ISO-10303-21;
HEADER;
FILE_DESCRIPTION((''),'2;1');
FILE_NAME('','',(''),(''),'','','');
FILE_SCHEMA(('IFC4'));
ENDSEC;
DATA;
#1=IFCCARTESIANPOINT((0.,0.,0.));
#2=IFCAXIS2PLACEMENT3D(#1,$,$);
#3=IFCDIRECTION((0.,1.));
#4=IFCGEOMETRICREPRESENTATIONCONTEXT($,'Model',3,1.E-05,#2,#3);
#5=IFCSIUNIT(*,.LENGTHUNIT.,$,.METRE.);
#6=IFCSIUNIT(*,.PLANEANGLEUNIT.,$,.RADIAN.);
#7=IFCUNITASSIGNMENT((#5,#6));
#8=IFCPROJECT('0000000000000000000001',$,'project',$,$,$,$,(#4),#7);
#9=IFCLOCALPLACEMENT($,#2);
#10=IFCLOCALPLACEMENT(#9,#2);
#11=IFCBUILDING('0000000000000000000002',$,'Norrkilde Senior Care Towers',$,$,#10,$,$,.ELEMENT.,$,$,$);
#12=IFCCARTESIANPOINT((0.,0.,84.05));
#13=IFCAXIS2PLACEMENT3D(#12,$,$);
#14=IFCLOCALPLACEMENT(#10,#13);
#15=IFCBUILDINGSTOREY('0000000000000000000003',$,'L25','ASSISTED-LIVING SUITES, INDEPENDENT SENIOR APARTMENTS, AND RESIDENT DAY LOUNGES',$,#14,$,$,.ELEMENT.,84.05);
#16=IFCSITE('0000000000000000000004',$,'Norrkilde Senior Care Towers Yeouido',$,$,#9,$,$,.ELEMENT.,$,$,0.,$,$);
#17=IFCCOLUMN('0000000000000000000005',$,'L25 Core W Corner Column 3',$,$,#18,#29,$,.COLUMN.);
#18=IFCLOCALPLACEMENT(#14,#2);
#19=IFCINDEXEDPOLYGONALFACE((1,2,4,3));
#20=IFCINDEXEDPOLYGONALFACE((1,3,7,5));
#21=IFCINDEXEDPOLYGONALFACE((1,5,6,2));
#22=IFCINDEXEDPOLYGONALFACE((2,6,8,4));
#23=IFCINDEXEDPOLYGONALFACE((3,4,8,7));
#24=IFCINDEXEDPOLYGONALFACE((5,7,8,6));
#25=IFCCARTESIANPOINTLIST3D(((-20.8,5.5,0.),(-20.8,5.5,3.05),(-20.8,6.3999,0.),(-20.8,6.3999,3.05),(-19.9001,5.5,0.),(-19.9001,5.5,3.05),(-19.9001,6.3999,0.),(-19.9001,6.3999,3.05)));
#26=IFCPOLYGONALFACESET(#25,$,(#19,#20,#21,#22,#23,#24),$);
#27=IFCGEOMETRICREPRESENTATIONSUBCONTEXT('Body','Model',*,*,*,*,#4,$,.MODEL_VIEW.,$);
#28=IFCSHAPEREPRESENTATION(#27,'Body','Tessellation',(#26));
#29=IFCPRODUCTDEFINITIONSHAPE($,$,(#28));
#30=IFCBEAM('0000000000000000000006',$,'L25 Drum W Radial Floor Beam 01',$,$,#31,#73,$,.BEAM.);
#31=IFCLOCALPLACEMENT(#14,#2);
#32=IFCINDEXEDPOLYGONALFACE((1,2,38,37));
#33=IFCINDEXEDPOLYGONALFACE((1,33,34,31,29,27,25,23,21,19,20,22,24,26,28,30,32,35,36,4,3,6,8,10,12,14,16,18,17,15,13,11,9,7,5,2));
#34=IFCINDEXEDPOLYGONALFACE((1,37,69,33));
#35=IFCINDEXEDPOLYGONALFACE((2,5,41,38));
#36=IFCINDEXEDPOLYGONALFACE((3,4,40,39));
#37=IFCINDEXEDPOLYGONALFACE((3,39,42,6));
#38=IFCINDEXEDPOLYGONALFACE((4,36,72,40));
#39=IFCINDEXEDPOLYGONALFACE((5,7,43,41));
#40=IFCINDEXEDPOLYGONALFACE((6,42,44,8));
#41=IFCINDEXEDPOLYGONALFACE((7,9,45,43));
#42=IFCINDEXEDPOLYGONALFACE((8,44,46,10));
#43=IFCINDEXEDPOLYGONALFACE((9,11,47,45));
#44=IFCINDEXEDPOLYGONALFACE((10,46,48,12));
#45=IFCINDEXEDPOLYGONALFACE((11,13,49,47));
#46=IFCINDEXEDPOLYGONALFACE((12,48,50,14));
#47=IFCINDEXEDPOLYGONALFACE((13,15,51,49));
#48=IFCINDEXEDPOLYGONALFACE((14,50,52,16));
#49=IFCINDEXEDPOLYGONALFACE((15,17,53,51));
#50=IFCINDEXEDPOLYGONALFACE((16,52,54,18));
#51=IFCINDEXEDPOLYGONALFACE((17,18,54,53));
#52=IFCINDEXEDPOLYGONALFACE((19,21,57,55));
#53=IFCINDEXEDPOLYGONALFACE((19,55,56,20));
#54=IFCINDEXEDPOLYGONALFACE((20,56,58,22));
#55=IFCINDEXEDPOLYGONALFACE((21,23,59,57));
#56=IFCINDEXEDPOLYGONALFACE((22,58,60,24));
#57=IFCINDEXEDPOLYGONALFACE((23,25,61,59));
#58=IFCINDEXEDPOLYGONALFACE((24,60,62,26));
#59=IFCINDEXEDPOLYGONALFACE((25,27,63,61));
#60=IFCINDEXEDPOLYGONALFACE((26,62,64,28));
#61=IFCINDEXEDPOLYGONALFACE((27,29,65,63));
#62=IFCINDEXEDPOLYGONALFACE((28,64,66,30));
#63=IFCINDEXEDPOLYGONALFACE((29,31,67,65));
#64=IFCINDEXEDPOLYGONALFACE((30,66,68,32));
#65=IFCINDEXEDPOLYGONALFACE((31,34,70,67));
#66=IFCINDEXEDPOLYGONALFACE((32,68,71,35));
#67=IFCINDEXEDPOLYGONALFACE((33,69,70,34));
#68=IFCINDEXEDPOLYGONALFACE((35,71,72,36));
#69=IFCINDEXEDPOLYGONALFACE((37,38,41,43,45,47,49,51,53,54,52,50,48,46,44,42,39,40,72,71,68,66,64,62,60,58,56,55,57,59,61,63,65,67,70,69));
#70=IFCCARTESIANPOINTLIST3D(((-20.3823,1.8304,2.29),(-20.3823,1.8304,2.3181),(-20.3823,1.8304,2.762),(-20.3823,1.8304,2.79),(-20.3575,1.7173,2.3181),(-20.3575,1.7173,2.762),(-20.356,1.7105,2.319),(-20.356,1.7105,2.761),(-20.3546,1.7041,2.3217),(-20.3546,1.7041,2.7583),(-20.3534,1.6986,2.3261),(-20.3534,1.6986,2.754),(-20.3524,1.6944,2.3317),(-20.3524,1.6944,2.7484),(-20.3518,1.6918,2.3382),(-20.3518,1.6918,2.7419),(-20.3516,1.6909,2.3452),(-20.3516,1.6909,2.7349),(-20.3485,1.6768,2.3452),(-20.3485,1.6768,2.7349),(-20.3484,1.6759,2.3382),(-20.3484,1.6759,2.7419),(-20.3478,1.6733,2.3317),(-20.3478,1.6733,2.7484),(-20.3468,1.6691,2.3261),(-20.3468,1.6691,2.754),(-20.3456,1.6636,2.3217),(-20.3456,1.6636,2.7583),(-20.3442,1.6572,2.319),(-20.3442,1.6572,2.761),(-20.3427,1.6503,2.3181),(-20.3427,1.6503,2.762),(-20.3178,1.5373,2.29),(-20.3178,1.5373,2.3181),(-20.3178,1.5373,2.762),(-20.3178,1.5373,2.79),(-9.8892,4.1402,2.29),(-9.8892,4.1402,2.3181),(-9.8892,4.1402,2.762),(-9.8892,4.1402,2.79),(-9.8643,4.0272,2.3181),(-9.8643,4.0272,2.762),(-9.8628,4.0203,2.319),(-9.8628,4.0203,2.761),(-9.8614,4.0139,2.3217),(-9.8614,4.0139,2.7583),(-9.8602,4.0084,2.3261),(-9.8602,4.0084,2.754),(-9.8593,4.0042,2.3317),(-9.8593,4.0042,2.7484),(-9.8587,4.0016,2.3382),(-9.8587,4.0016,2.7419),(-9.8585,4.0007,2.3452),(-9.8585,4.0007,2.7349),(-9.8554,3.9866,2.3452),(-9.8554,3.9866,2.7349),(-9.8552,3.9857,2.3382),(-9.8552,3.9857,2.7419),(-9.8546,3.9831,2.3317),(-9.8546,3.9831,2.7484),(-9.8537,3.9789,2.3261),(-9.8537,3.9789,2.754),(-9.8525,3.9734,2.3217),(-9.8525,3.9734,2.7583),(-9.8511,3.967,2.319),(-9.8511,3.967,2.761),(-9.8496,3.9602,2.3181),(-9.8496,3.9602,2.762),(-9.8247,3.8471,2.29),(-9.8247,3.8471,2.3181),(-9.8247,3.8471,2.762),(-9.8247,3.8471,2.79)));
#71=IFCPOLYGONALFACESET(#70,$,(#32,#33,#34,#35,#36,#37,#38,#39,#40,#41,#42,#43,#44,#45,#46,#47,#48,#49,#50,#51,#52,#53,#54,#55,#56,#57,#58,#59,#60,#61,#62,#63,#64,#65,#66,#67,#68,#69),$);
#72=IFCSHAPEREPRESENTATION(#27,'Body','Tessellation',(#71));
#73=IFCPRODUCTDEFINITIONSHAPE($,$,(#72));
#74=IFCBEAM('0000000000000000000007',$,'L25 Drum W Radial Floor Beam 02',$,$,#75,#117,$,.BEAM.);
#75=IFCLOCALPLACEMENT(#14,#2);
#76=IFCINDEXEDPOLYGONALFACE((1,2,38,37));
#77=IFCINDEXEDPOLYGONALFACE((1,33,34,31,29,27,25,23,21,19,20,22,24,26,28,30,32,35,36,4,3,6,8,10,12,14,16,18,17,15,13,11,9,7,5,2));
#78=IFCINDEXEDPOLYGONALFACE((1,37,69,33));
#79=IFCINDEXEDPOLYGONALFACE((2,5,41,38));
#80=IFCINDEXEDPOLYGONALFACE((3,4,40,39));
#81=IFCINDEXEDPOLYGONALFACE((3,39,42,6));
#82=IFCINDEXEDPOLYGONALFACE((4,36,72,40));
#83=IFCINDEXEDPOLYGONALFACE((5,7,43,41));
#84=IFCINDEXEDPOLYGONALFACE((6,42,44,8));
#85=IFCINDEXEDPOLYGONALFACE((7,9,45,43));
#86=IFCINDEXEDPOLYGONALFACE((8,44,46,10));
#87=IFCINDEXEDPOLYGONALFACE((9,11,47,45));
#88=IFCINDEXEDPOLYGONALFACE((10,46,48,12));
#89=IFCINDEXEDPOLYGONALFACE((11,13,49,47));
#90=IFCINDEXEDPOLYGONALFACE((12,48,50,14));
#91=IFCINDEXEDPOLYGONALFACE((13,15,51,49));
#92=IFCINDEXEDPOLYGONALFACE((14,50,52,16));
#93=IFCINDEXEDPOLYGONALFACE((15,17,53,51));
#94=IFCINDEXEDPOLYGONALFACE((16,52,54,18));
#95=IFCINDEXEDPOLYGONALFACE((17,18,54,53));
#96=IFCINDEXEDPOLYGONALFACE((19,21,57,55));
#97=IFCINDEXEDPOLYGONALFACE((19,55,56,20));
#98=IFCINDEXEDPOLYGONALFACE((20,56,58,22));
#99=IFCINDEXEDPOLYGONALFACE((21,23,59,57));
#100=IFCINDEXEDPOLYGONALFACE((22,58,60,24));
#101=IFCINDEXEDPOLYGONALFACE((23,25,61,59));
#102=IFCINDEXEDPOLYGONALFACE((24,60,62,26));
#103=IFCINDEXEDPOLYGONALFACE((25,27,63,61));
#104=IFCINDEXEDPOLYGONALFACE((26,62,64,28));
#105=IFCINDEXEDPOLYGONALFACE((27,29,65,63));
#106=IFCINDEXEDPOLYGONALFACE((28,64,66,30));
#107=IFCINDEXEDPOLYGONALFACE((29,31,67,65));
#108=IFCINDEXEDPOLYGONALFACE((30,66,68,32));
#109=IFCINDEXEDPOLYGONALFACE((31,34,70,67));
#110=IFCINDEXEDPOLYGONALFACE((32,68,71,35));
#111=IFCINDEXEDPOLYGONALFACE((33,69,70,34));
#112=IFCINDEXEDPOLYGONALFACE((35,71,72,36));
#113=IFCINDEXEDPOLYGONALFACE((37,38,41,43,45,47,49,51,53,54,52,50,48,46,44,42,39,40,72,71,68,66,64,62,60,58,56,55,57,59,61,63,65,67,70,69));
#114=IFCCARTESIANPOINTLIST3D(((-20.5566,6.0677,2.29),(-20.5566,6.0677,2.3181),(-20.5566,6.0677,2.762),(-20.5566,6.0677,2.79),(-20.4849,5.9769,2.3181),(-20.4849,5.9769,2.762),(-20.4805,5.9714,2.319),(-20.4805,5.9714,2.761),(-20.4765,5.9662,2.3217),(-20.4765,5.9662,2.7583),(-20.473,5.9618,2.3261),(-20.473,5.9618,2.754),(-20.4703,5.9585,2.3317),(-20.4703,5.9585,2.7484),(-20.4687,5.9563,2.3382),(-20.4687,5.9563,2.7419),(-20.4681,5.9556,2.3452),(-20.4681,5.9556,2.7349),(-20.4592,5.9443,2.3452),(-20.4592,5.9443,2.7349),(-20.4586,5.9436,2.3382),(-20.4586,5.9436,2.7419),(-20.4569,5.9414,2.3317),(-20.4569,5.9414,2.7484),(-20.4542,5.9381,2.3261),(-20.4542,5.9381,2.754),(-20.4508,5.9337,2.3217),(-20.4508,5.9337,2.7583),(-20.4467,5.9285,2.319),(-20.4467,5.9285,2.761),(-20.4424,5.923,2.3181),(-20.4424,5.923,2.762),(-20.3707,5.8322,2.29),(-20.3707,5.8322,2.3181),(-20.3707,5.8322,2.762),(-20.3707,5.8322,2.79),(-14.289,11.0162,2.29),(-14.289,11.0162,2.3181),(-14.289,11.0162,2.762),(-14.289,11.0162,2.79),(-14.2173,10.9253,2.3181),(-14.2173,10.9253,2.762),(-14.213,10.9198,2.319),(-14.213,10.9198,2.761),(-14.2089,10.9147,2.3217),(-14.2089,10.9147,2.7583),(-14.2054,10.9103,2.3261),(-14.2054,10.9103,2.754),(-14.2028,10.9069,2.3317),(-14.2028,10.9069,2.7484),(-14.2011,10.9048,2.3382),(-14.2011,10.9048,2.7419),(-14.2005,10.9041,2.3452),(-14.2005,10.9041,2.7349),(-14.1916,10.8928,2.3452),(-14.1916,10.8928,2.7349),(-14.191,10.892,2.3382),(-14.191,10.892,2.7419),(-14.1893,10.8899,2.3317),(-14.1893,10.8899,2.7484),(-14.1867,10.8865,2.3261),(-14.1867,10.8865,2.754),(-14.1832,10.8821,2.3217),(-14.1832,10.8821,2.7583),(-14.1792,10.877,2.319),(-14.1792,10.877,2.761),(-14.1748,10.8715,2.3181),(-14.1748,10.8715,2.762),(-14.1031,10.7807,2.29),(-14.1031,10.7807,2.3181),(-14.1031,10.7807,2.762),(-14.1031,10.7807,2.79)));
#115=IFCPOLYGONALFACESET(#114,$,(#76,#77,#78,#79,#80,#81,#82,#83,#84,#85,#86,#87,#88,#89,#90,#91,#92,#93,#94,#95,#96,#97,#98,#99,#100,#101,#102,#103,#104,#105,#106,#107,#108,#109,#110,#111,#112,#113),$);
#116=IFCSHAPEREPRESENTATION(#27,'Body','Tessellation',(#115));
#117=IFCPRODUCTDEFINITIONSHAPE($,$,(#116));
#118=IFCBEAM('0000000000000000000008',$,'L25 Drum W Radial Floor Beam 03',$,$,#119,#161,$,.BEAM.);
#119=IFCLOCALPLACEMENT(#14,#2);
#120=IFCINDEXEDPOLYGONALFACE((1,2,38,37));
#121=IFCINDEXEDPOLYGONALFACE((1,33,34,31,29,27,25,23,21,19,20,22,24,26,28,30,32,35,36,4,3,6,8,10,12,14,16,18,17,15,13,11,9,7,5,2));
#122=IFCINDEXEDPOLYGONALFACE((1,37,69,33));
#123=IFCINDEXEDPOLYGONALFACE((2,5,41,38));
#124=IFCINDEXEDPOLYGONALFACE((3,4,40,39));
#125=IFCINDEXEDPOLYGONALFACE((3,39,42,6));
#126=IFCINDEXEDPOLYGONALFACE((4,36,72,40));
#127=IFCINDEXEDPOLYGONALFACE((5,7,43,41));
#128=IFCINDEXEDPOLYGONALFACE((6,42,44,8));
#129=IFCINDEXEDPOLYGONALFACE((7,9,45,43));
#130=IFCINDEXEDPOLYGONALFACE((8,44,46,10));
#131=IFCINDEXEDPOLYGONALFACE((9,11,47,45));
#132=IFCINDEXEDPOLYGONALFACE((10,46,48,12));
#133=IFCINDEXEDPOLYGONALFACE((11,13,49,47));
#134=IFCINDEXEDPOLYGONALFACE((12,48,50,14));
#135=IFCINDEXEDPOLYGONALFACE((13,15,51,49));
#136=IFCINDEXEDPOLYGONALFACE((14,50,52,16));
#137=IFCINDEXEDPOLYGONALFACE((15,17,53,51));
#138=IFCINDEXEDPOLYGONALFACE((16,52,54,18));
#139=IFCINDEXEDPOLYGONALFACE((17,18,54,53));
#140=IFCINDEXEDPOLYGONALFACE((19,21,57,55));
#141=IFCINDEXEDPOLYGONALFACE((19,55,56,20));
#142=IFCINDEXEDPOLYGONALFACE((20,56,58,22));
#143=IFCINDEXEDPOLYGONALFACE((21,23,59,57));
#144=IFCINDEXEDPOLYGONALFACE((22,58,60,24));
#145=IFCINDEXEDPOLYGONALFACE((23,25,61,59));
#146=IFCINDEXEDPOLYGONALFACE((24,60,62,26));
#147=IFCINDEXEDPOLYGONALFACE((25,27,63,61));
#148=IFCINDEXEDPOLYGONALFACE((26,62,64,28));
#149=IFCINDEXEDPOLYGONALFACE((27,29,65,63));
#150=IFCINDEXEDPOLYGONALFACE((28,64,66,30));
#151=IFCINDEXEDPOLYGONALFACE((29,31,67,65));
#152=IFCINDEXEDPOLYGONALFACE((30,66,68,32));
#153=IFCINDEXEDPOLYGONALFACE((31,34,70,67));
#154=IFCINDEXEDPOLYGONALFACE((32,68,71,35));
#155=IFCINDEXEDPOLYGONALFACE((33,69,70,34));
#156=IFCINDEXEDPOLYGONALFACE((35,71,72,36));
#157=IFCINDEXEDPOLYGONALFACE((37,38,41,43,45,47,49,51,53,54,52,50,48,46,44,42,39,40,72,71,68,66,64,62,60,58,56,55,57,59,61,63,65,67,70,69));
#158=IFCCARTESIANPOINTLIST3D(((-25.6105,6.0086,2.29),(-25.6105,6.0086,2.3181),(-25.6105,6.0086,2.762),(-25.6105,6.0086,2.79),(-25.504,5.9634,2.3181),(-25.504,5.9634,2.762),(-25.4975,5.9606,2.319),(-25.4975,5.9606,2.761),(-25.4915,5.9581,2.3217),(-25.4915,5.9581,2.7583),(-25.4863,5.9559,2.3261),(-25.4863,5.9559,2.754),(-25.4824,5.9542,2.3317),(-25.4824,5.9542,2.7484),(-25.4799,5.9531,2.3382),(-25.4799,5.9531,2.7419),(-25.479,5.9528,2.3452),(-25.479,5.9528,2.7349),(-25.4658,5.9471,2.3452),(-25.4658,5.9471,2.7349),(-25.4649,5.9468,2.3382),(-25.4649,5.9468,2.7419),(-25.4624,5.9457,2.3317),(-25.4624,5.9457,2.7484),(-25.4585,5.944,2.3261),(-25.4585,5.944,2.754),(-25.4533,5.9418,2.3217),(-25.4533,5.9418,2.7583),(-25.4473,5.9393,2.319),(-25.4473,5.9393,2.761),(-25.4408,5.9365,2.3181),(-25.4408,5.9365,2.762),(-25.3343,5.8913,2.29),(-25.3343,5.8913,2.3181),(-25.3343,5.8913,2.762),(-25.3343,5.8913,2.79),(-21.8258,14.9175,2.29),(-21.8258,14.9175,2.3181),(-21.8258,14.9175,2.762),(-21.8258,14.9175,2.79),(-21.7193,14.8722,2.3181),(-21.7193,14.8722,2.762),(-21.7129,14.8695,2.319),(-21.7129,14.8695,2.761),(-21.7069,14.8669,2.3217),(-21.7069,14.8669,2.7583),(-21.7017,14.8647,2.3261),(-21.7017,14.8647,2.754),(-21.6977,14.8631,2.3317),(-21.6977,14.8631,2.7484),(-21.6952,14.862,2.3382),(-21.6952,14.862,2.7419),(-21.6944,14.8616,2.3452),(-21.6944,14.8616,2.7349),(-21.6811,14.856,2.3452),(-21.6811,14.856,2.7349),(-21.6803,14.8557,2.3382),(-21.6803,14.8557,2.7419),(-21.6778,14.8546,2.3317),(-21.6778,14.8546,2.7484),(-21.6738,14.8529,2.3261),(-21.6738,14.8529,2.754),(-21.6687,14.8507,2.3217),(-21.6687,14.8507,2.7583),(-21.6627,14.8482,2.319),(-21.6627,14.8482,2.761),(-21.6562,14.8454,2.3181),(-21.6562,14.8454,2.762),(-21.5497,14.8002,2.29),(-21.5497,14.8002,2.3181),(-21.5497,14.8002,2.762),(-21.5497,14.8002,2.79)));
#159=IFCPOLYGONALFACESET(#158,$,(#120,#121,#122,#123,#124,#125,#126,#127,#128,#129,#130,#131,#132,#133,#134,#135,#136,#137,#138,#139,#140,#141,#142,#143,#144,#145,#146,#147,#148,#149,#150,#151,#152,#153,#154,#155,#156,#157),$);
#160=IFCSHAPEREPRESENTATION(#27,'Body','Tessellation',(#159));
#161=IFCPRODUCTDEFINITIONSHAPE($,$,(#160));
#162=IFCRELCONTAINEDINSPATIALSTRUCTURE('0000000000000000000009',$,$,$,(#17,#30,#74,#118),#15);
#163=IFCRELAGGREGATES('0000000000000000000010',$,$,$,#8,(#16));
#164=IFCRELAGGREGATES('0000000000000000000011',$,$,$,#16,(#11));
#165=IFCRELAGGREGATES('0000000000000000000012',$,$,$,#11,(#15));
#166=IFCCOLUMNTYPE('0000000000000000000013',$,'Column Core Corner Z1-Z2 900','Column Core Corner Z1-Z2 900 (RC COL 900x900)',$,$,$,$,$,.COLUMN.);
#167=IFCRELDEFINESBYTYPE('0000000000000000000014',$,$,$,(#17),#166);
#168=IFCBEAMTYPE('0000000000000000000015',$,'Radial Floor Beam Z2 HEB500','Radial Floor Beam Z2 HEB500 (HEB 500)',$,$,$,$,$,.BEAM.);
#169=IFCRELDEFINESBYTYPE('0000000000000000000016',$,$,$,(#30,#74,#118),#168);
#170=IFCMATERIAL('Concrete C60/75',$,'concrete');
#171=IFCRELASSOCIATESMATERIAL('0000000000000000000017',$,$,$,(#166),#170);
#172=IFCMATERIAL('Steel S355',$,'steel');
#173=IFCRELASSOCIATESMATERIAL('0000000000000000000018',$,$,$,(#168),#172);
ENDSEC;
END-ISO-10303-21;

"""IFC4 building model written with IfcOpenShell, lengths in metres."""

from ifc_helpers import new_model, si_unit, direction, frame, origin, origin_2d, place, context, subcontext, project, spatial, rectangle, i_section, extrude, source, transform, mapped, material, material_profile, profile_set, type_object, type_shapes, element, save


model = new_model("IFC4")

# Units and contexts
model_context = context("Model", 3, precision=1e-05, world=origin(), true_north=direction((0.0, 1.0)))
body_context = subcontext(model_context, "Body", "Model", "MODEL_VIEW")
ifc_project = project(units=[si_unit("LENGTHUNIT", "METRE"), si_unit("PLANEANGLEUNIT", "RADIAN")], contexts=[model_context])

# Site, building, storey
site_placement = place(None, origin())
site = spatial("IfcSite", under=ifc_project, at=site_placement, Name="Norrkilde Senior Care Towers Yeouido", CompositionType="ELEMENT", RefElevation=0.0)
building_placement = place(site_placement, origin())
building = spatial("IfcBuilding", under=site, at=building_placement, Name="Norrkilde Senior Care Towers", CompositionType="ELEMENT")
storey_placement = place(building_placement, frame((0.0, 0.0, 84.05)))
storey = spatial("IfcBuildingStorey", under=building, at=storey_placement, Name="L25", Description="ASSISTED-LIVING SUITES, INDEPENDENT SENIOR APARTMENTS, AND RESIDENT DAY LOUNGES", CompositionType="ELEMENT", Elevation=84.05)

# Column
ifc_material_1 = material(Name="Concrete C60/75", Category="concrete")
ifc_material_profile_1 = material_profile(ifc_material_1, rectangle(XDim=0.8999, YDim=0.8999, at=origin_2d()), Name="RC COL 900x900")
ifc_profile_set_1 = profile_set([ifc_material_profile_1], Name="Concrete C60/75")
column_type = type_object("IfcColumnType", Name="Column Core Corner Z1-Z2 900", Description="Column Core Corner Z1-Z2 900 (RC COL 900x900)", PredefinedType="COLUMN", material=ifc_profile_set_1)
shared_shape_1 = source(origin(), body_context, "Body", "SweptSolid", [
    extrude(rectangle(XDim=0.8999, YDim=0.8999, at=origin_2d()), origin(), (0.0, 0.0, 1.0), 3.05),
])
type_shapes(column_type, [shared_shape_1])
column_placement = place(storey_placement, frame((-20.3501, 5.95, 0.0), z_axis=(0.0, 0.0, 1.0), x_axis=(1.0, 0.0, 0.0)))
element("IfcColumn", 1, at=column_placement, inside=storey, type_object=column_type, Name="L25 Core W Corner Column 3", PredefinedType="COLUMN", context=body_context, shape_type="MappedRepresentation", body=[
    mapped(shared_shape_1, transform((0.0, 0.0, 0.0), x_axis=(1.0, 0.0, 0.0), y_axis=(0.0, 1.0, 0.0), z_axis=(0.0, 0.0, 1.0), scale=1.0)),
])

# Beams
ifc_material_2 = material(Name="Steel S355", Category="steel")
ifc_material_profile_2 = material_profile(ifc_material_2, i_section(OverallWidth=0.3, OverallDepth=0.5, WebThickness=0.0144, FlangeThickness=0.0281, FilletRadius=0.0271, at=origin_2d()), Name="HEB 500")
ifc_profile_set_2 = profile_set([ifc_material_profile_2], Name="Steel S355")
beam_type = type_object("IfcBeamType", Name="Radial Floor Beam Z2 HEB500", Description="Radial Floor Beam Z2 HEB500 (HEB 500)", PredefinedType="BEAM", material=ifc_profile_set_2)
shared_shape_2 = source(origin(), body_context, "Body", "SweptSolid", [
    extrude(i_section(OverallWidth=0.3, OverallDepth=0.5, WebThickness=0.0144, FlangeThickness=0.0281, FilletRadius=0.0271, at=origin_2d()), origin(), (0.0, 0.0, 1.0), 10.7444),
])
beam_1_placement = place(storey_placement, frame((-20.3501, 1.6838, 2.54), z_axis=(0.976619, 0.214979, 0.0), x_axis=(-0.214979, 0.976619, 0.0)))
element("IfcBeam", 2, at=beam_1_placement, inside=storey, type_object=beam_type, Name="L25 Drum W Radial Floor Beam 01", PredefinedType="BEAM", context=body_context, shape_type="MappedRepresentation", body=[
    mapped(shared_shape_2, transform((0.0, 0.0, 0.0), x_axis=(1.0, 0.0, 0.0), y_axis=(0.0, 1.0, 0.0), z_axis=(0.0, 0.0, 1.0), scale=1.0)),
])
shared_shape_3 = source(origin(), body_context, "Body", "SweptSolid", [
    extrude(i_section(OverallWidth=0.3, OverallDepth=0.5, WebThickness=0.0144, FlangeThickness=0.0281, FilletRadius=0.0271, at=origin_2d()), origin(), (0.0, 0.0, 1.0), 7.9856),
])
beam_2_placement = place(storey_placement, frame((-20.4636, 5.95, 2.54), z_axis=(0.784859, 0.619675, 0.0), x_axis=(-0.619675, 0.784859, 0.0)))
element("IfcBeam", 3, at=beam_2_placement, inside=storey, type_object=beam_type, Name="L25 Drum W Radial Floor Beam 02", PredefinedType="BEAM", context=body_context, shape_type="MappedRepresentation", body=[
    mapped(shared_shape_3, transform((0.0, 0.0, 0.0), x_axis=(1.0, 0.0, 0.0), y_axis=(0.0, 1.0, 0.0), z_axis=(0.0, 0.0, 1.0), scale=1.0)),
])
shared_shape_4 = source(origin(), body_context, "Body", "SweptSolid", [
    extrude(i_section(OverallWidth=0.3, OverallDepth=0.5, WebThickness=0.0144, FlangeThickness=0.0281, FilletRadius=0.0271, at=origin_2d()), origin(), (0.0, 0.0, 1.0), 9.6794),
])
type_shapes(beam_type, [shared_shape_2, shared_shape_3, shared_shape_4])
beam_3_placement = place(storey_placement, frame((-25.4724, 5.95, 2.54), z_axis=(0.390998, 0.920392, 0.0), x_axis=(-0.920392, 0.390998, 0.0)))
element("IfcBeam", 4, at=beam_3_placement, inside=storey, type_object=beam_type, Name="L25 Drum W Radial Floor Beam 03", PredefinedType="BEAM", context=body_context, shape_type="MappedRepresentation", body=[
    mapped(shared_shape_4, transform((0.0, 0.0, 0.0), x_axis=(1.0, 0.0, 0.0), y_axis=(0.0, 1.0, 0.0), z_axis=(0.0, 0.0, 1.0), scale=1.0)),
])

save(model, "model.ifc")
